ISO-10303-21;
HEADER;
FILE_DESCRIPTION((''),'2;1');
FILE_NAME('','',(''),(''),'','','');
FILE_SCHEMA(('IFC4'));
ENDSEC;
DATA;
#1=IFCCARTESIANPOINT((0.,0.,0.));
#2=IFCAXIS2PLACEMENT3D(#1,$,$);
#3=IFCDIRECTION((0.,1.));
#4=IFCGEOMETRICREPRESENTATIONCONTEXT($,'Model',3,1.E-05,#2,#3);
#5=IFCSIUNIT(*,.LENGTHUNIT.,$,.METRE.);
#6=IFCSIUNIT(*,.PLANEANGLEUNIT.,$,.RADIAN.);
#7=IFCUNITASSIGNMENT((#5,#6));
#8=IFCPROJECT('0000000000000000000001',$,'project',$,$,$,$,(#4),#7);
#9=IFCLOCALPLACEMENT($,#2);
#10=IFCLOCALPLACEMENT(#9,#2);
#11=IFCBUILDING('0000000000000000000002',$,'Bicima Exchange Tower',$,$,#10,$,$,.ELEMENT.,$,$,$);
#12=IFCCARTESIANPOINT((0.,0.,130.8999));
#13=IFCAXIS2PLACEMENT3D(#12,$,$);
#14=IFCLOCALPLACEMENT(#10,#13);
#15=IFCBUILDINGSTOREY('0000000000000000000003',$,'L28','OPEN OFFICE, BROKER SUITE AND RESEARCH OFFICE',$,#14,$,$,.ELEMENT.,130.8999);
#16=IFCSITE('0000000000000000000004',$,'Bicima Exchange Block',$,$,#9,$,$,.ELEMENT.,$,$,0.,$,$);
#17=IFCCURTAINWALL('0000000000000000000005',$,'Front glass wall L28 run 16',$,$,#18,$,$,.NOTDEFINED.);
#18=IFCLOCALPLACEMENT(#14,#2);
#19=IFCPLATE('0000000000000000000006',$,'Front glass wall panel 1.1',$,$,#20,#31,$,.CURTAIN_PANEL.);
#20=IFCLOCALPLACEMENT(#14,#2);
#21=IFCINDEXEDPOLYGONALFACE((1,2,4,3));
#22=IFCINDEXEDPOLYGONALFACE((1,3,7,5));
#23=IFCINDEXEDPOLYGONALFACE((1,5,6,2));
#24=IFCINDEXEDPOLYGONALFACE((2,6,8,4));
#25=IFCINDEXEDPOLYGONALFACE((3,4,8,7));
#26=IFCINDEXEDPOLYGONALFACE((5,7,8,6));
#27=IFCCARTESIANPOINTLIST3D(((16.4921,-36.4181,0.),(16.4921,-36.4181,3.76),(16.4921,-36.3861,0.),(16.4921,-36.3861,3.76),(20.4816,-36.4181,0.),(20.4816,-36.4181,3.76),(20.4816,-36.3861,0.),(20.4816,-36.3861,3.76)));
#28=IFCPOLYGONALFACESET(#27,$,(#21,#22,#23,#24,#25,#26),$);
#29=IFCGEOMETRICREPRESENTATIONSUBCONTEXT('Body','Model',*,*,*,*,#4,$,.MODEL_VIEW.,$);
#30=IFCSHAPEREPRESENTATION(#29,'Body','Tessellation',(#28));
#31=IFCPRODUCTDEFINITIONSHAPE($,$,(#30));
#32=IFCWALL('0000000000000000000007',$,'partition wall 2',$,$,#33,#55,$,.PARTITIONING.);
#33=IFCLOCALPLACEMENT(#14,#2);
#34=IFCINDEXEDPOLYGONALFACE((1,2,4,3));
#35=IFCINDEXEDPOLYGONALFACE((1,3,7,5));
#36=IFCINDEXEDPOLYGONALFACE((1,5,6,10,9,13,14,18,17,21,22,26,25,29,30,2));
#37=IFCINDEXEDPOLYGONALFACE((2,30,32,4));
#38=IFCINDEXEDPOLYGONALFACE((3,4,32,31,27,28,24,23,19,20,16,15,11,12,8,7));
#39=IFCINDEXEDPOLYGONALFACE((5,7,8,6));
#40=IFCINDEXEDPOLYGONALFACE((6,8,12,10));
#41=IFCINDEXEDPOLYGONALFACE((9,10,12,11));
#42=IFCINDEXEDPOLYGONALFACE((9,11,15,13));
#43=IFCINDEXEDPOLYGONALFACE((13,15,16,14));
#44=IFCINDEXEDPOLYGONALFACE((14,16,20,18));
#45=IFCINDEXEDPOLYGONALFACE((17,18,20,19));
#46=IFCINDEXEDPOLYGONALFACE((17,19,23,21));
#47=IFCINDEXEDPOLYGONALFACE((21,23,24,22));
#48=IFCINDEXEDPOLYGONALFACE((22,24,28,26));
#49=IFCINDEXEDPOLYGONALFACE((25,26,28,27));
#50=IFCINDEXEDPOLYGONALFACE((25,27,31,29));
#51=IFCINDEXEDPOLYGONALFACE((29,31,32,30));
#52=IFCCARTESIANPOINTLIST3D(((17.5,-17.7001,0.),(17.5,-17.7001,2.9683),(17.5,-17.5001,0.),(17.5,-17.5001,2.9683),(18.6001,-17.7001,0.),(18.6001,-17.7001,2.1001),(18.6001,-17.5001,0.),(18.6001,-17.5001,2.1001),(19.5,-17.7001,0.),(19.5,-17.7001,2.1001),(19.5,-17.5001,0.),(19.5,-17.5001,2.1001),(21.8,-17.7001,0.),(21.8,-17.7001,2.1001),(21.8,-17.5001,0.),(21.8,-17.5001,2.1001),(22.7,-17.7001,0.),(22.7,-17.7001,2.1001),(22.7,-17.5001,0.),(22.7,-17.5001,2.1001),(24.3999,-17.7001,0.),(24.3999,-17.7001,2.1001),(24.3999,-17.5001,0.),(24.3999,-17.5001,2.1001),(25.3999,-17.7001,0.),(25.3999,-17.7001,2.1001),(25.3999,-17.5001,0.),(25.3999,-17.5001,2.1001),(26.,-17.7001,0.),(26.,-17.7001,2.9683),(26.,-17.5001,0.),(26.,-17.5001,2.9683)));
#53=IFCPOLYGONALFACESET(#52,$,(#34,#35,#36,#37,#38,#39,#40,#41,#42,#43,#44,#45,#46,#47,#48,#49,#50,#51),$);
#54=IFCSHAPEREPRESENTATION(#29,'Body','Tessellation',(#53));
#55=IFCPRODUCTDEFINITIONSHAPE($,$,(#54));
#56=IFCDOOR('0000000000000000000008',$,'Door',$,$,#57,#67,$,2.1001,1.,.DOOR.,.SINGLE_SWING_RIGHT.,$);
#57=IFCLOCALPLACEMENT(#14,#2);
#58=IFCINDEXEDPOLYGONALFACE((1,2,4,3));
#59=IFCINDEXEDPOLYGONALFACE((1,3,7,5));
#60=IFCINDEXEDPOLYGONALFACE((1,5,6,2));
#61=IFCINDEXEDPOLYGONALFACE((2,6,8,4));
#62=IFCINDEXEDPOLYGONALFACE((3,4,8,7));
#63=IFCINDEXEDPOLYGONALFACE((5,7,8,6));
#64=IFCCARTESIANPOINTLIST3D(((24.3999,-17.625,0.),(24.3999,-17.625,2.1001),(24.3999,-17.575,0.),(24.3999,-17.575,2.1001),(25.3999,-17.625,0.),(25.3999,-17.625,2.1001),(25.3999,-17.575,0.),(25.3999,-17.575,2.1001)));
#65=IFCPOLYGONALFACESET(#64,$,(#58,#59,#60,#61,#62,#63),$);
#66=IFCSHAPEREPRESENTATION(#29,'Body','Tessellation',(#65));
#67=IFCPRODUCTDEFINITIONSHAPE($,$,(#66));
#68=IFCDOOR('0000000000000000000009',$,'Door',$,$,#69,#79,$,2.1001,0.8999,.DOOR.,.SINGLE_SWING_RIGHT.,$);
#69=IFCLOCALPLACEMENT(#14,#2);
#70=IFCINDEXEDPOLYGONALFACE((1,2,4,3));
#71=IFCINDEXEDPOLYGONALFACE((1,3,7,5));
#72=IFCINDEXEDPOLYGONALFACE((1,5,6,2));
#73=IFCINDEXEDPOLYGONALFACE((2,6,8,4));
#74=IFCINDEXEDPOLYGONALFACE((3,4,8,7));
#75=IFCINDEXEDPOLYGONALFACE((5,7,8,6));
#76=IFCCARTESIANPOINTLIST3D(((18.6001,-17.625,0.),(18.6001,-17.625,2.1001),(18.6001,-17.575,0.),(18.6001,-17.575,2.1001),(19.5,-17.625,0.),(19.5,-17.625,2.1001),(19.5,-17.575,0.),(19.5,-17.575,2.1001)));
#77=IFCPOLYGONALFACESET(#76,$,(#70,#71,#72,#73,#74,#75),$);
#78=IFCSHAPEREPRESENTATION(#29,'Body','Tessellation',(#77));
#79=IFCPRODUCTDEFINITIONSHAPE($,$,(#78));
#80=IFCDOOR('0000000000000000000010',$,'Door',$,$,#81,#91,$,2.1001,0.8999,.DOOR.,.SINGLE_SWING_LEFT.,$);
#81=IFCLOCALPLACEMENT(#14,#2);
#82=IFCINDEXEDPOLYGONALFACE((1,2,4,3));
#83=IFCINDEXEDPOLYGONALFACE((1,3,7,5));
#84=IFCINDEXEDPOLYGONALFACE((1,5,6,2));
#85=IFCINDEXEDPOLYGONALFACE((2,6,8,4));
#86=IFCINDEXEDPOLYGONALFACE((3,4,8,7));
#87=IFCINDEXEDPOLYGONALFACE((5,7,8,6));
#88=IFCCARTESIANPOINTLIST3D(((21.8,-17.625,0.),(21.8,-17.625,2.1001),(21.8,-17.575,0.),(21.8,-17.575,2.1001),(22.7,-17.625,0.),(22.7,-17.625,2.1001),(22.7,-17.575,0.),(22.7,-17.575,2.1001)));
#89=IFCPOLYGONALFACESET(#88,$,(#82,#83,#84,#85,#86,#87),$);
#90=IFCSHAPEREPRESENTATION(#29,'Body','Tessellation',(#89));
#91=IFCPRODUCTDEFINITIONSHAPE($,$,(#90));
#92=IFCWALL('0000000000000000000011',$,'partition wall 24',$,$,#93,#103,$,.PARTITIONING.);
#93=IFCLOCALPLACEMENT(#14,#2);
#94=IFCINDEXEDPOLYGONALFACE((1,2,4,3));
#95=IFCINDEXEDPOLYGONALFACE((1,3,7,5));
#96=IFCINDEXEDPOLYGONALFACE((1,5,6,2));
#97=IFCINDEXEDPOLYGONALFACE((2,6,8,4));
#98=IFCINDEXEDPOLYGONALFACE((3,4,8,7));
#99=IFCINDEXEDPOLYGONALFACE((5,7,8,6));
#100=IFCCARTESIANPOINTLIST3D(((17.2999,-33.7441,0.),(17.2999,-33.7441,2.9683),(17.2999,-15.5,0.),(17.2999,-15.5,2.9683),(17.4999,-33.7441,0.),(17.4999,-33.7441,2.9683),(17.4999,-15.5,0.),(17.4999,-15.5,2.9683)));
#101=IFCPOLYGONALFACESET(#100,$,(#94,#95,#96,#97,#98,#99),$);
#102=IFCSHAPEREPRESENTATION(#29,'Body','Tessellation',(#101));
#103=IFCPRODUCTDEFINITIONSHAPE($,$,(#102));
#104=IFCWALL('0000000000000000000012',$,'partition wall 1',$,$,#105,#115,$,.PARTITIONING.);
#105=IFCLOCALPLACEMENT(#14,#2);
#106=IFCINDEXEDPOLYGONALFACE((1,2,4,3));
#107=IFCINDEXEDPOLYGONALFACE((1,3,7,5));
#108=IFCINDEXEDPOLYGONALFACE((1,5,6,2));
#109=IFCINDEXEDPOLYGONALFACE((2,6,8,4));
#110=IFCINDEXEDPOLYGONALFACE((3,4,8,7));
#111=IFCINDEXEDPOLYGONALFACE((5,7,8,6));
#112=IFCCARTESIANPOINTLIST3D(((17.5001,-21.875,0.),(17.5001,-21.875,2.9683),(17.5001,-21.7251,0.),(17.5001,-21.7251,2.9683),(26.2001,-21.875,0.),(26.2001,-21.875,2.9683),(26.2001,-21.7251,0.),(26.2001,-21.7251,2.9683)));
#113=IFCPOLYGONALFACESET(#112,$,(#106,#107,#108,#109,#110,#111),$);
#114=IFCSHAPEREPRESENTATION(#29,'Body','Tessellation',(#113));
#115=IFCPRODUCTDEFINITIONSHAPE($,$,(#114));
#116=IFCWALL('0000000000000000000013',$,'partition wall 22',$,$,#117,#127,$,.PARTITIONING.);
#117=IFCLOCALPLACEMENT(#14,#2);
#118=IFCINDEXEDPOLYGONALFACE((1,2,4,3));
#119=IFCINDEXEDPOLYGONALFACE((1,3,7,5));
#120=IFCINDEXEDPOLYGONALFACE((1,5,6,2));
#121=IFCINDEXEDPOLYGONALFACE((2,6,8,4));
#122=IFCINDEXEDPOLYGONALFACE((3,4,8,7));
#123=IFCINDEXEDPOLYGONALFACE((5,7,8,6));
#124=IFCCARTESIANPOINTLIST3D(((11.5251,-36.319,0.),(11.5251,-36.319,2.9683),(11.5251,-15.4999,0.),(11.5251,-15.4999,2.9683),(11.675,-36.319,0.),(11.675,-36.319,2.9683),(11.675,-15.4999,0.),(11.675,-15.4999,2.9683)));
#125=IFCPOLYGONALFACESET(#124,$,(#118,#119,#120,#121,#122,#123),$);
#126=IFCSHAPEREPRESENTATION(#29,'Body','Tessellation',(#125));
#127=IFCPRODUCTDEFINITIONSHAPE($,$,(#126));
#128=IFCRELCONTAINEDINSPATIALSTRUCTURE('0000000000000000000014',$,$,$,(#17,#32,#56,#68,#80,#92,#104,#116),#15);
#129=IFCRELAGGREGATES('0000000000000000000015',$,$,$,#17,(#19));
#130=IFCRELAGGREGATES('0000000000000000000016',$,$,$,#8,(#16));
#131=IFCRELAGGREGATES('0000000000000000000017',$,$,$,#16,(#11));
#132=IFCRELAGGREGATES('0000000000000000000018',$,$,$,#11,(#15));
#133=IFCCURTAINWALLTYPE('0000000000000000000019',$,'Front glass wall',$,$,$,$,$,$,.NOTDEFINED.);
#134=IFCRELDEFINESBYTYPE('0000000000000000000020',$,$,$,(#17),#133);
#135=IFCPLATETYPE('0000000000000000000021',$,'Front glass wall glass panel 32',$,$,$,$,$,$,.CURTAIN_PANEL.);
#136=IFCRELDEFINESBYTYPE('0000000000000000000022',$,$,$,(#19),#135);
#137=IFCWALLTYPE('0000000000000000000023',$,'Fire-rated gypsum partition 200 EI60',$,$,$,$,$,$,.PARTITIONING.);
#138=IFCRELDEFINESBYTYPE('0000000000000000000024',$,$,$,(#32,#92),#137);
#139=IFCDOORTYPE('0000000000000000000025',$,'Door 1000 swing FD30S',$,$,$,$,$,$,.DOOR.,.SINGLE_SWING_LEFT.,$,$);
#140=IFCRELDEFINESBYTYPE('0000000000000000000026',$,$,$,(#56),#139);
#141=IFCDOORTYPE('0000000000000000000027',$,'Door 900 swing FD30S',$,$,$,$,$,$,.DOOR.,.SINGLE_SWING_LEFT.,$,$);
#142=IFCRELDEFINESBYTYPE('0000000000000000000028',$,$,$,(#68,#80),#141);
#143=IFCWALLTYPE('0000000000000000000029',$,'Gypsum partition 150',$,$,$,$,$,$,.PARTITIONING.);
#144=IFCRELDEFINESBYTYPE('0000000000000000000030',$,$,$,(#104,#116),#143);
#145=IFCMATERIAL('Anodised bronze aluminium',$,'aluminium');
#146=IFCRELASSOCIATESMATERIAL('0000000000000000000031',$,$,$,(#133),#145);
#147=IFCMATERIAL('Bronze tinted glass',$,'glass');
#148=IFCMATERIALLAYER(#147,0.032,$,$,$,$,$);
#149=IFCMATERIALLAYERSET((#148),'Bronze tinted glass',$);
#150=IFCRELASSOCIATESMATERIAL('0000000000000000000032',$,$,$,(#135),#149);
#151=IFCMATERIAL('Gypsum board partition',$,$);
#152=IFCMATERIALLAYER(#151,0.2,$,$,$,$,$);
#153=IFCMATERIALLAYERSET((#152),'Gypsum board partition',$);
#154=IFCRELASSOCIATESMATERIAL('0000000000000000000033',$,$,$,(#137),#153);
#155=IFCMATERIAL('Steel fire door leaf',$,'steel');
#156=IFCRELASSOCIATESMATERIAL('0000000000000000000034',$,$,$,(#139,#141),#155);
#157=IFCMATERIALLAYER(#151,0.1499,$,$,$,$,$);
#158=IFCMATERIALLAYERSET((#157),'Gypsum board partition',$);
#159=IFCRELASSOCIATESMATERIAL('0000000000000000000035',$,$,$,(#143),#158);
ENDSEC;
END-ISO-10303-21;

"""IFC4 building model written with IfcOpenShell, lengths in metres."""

from ifc_helpers import new_model, si_unit, direction, frame, frame_2d, origin, origin_2d, place, context, subcontext, project, spatial, rectangle, extrude, material, layer, layer_set, type_object, element, fill, aggregate, save


model = new_model("IFC4")

# Units and contexts
model_context = context("Model", 3, precision=1e-05, world=origin(), true_north=direction((0.0, 1.0)))
body_context = subcontext(model_context, "Body", "Model", "MODEL_VIEW")
ifc_project = project(units=[si_unit("LENGTHUNIT", "METRE"), si_unit("PLANEANGLEUNIT", "RADIAN")], contexts=[model_context])

# Site, building, storey
site_placement = place(None, origin())
site = spatial("IfcSite", under=ifc_project, at=site_placement, Name="Bicima Exchange Block", CompositionType="ELEMENT", RefElevation=0.0)
building_placement = place(site_placement, origin())
building = spatial("IfcBuilding", under=site, at=building_placement, Name="Bicima Exchange Tower", CompositionType="ELEMENT")
storey_placement = place(building_placement, frame((0.0, 0.0, 130.8999)))
storey = spatial("IfcBuildingStorey", under=building, at=storey_placement, Name="L28", Description="OPEN OFFICE, BROKER SUITE AND RESEARCH OFFICE", CompositionType="ELEMENT", Elevation=130.8999)

# Shared definitions
ifc_material_1 = material(Name="Anodised bronze aluminium", Category="aluminium")
curtain_wall_type = type_object("IfcCurtainWallType", Name="Front glass wall", PredefinedType="NOTDEFINED", material=ifc_material_1)

# Curtain wall
curtain_wall_1_placement = place(storey_placement, origin())
curtain_wall_1 = element("IfcCurtainWall", 1, at=curtain_wall_1_placement, inside=storey, type_object=curtain_wall_type, Name="Front glass wall L28 run 16", PredefinedType="NOTDEFINED")

# Plate
ifc_material_2 = material(Name="Bronze tinted glass", Category="glass")
ifc_layer_1 = layer(ifc_material_2, 0.032)
ifc_layer_set_1 = layer_set([ifc_layer_1], Name="Bronze tinted glass")
plate_type = type_object("IfcPlateType", Name="Front glass wall glass panel 32", PredefinedType="CURTAIN_PANEL", material=ifc_layer_set_1)
plate_placement = place(storey_placement, frame((18.4868, -36.4021, 0.0), z_axis=(0.0, 0.0, 1.0), x_axis=(1.0, 0.0, 0.0)))
plate = element("IfcPlate", 2, at=plate_placement, type_object=plate_type, Name="Front glass wall panel 1.1", PredefinedType="CURTAIN_PANEL", context=body_context, shape_type="SweptSolid", body=[
    extrude(rectangle(XDim=3.9895, YDim=0.032, at=origin_2d()), origin(), (0.0, 0.0, 1.0), 3.76),
])
aggregate(curtain_wall_1, [plate])

# Wall, openings, doors
ifc_material_3 = material(Name="Gypsum board partition")
ifc_layer_2 = layer(ifc_material_3, 0.2)
ifc_layer_set_2 = layer_set([ifc_layer_2], Name="Gypsum board partition")
wall_type_1 = type_object("IfcWallType", Name="Fire-rated gypsum partition 200 EI60", PredefinedType="PARTITIONING", material=ifc_layer_set_2)
wall_1_placement = place(storey_placement, frame((17.5, -17.6001, 0.0), z_axis=(0.0, 0.0, 1.0), x_axis=(1.0, 0.0, 0.0)))
wall_1 = element("IfcWall", 3, at=wall_1_placement, inside=storey, type_object=wall_type_1, Name="partition wall 2", PredefinedType="PARTITIONING", context=body_context, shape_type="SweptSolid", body=[
    extrude(rectangle(XDim=8.5, YDim=0.2, at=frame_2d((4.25, 0.0))), origin(), (0.0, 0.0, 1.0), 2.9683),
])
opening_1_placement = place(wall_1_placement, frame((1.1001, 0.0, 0.0)))
opening_1 = element("IfcOpeningElement", 4, at=opening_1_placement, cuts=wall_1, PredefinedType="OPENING", context=body_context, shape_type="SweptSolid", body=[
    extrude(rectangle(XDim=0.8999, YDim=2.1001, at=frame_2d((0.45, 1.05))), frame((0.0, 0.1118, 0.0), z_axis=(0.0, -1.0, 0.0), x_axis=(1.0, 0.0, 0.0)), (0.0, 0.0, 1.0), 0.2239),
])
opening_2_placement = place(wall_1_placement, frame((4.3, 0.0, 0.0)))
opening_2 = element("IfcOpeningElement", 5, at=opening_2_placement, cuts=wall_1, PredefinedType="OPENING", context=body_context, shape_type="SweptSolid", body=[
    extrude(rectangle(XDim=0.8999, YDim=2.1001, at=frame_2d((0.45, 1.05))), frame((0.0, 0.1118, 0.0), z_axis=(0.0, -1.0, 0.0), x_axis=(1.0, 0.0, 0.0)), (0.0, 0.0, 1.0), 0.2239),
])
opening_3_placement = place(wall_1_placement, frame((6.8999, 0.0, 0.0)))
opening_3 = element("IfcOpeningElement", 6, at=opening_3_placement, cuts=wall_1, PredefinedType="OPENING", context=body_context, shape_type="SweptSolid", body=[
    extrude(rectangle(XDim=1.0, YDim=2.1001, at=frame_2d((0.5, 1.05))), frame((0.0, 0.1118, 0.0), z_axis=(0.0, -1.0, 0.0), x_axis=(1.0, 0.0, 0.0)), (0.0, 0.0, 1.0), 0.2239),
])
ifc_material_4 = material(Name="Steel fire door leaf", Category="steel")
door_type_1 = type_object("IfcDoorType", Name="Door 1000 swing FD30S", OperationType="SINGLE_SWING_LEFT", PredefinedType="DOOR", material=ifc_material_4)
door_1_placement = place(opening_3_placement, frame((1.0, 0.0, 0.0), z_axis=(0.0, 0.0, 1.0), x_axis=(-1.0, 0.0, 0.0)))
door_1 = element("IfcDoor", 7, at=door_1_placement, inside=storey, type_object=door_type_1, Name="Door", OperationType="SINGLE_SWING_RIGHT", OverallHeight=2.1001, OverallWidth=1.0, PredefinedType="DOOR", context=body_context, shape_type="SweptSolid", body=[
    extrude(rectangle(XDim=1.0, YDim=2.1001, at=frame_2d((0.5, 1.05))), frame((0.0, 0.0249, 0.0), z_axis=(0.0, -1.0, 0.0), x_axis=(1.0, 0.0, 0.0)), (0.0, 0.0, 1.0), 0.05),
])
fill(opening_3, door_1)
door_type_2 = type_object("IfcDoorType", Name="Door 900 swing FD30S", OperationType="SINGLE_SWING_LEFT", PredefinedType="DOOR", material=ifc_material_4)
door_2_placement = place(opening_1_placement, frame((0.8999, 0.0, 0.0), z_axis=(0.0, 0.0, 1.0), x_axis=(-1.0, 0.0, 0.0)))
door_2 = element("IfcDoor", 8, at=door_2_placement, inside=storey, type_object=door_type_2, Name="Door", OperationType="SINGLE_SWING_RIGHT", OverallHeight=2.1001, OverallWidth=0.8999, PredefinedType="DOOR", context=body_context, shape_type="SweptSolid", body=[
    extrude(rectangle(XDim=0.8999, YDim=2.1001, at=frame_2d((0.45, 1.05))), frame((0.0, 0.0249, 0.0), z_axis=(0.0, -1.0, 0.0), x_axis=(1.0, 0.0, 0.0)), (0.0, 0.0, 1.0), 0.05),
])
fill(opening_1, door_2)
door_3_placement = place(opening_2_placement, frame((0.8999, 0.0, 0.0), z_axis=(0.0, 0.0, 1.0), x_axis=(-1.0, 0.0, 0.0)))
door_3 = element("IfcDoor", 9, at=door_3_placement, inside=storey, type_object=door_type_2, Name="Door", OperationType="SINGLE_SWING_LEFT", OverallHeight=2.1001, OverallWidth=0.8999, PredefinedType="DOOR", context=body_context, shape_type="SweptSolid", body=[
    extrude(rectangle(XDim=0.8999, YDim=2.1001, at=frame_2d((0.45, 1.05))), frame((0.0, 0.0249, 0.0), z_axis=(0.0, -1.0, 0.0), x_axis=(1.0, 0.0, 0.0)), (0.0, 0.0, 1.0), 0.05),
])
fill(opening_2, door_3)

# Walls
wall_2_placement = place(storey_placement, frame((17.3999, -33.7441, 0.0), z_axis=(0.0, 0.0, 1.0), x_axis=(0.0, 1.0, 0.0)))
element("IfcWall", 10, at=wall_2_placement, inside=storey, type_object=wall_type_1, Name="partition wall 24", PredefinedType="PARTITIONING", context=body_context, shape_type="SweptSolid", body=[
    extrude(rectangle(XDim=18.2441, YDim=0.2, at=frame_2d((9.1221, 0.0))), origin(), (0.0, 0.0, 1.0), 2.9683),
])
ifc_layer_3 = layer(ifc_material_3, 0.1499)
ifc_layer_set_3 = layer_set([ifc_layer_3], Name="Gypsum board partition")
wall_type_2 = type_object("IfcWallType", Name="Gypsum partition 150", PredefinedType="PARTITIONING", material=ifc_layer_set_3)
wall_3_placement = place(storey_placement, frame((17.5, -21.8, 0.0), z_axis=(0.0, 0.0, 1.0), x_axis=(1.0, 0.0, 0.0)))
element("IfcWall", 11, at=wall_3_placement, inside=storey, type_object=wall_type_2, Name="partition wall 1", PredefinedType="PARTITIONING", context=body_context, shape_type="SweptSolid", body=[
    extrude(rectangle(XDim=8.7, YDim=0.1499, at=frame_2d((4.3501, 0.0))), origin(), (0.0, 0.0, 1.0), 2.9683),
])
wall_4_placement = place(storey_placement, frame((11.6001, -36.3191, 0.0), z_axis=(0.0, 0.0, 1.0), x_axis=(0.0, 1.0, 0.0)))
element("IfcWall", 12, at=wall_4_placement, inside=storey, type_object=wall_type_2, Name="partition wall 22", PredefinedType="PARTITIONING", context=body_context, shape_type="SweptSolid", body=[
    extrude(rectangle(XDim=20.8191, YDim=0.1499, at=frame_2d((10.4097, 0.0))), origin(), (0.0, 0.0, 1.0), 2.9683),
])

save(model, "model.ifc")
